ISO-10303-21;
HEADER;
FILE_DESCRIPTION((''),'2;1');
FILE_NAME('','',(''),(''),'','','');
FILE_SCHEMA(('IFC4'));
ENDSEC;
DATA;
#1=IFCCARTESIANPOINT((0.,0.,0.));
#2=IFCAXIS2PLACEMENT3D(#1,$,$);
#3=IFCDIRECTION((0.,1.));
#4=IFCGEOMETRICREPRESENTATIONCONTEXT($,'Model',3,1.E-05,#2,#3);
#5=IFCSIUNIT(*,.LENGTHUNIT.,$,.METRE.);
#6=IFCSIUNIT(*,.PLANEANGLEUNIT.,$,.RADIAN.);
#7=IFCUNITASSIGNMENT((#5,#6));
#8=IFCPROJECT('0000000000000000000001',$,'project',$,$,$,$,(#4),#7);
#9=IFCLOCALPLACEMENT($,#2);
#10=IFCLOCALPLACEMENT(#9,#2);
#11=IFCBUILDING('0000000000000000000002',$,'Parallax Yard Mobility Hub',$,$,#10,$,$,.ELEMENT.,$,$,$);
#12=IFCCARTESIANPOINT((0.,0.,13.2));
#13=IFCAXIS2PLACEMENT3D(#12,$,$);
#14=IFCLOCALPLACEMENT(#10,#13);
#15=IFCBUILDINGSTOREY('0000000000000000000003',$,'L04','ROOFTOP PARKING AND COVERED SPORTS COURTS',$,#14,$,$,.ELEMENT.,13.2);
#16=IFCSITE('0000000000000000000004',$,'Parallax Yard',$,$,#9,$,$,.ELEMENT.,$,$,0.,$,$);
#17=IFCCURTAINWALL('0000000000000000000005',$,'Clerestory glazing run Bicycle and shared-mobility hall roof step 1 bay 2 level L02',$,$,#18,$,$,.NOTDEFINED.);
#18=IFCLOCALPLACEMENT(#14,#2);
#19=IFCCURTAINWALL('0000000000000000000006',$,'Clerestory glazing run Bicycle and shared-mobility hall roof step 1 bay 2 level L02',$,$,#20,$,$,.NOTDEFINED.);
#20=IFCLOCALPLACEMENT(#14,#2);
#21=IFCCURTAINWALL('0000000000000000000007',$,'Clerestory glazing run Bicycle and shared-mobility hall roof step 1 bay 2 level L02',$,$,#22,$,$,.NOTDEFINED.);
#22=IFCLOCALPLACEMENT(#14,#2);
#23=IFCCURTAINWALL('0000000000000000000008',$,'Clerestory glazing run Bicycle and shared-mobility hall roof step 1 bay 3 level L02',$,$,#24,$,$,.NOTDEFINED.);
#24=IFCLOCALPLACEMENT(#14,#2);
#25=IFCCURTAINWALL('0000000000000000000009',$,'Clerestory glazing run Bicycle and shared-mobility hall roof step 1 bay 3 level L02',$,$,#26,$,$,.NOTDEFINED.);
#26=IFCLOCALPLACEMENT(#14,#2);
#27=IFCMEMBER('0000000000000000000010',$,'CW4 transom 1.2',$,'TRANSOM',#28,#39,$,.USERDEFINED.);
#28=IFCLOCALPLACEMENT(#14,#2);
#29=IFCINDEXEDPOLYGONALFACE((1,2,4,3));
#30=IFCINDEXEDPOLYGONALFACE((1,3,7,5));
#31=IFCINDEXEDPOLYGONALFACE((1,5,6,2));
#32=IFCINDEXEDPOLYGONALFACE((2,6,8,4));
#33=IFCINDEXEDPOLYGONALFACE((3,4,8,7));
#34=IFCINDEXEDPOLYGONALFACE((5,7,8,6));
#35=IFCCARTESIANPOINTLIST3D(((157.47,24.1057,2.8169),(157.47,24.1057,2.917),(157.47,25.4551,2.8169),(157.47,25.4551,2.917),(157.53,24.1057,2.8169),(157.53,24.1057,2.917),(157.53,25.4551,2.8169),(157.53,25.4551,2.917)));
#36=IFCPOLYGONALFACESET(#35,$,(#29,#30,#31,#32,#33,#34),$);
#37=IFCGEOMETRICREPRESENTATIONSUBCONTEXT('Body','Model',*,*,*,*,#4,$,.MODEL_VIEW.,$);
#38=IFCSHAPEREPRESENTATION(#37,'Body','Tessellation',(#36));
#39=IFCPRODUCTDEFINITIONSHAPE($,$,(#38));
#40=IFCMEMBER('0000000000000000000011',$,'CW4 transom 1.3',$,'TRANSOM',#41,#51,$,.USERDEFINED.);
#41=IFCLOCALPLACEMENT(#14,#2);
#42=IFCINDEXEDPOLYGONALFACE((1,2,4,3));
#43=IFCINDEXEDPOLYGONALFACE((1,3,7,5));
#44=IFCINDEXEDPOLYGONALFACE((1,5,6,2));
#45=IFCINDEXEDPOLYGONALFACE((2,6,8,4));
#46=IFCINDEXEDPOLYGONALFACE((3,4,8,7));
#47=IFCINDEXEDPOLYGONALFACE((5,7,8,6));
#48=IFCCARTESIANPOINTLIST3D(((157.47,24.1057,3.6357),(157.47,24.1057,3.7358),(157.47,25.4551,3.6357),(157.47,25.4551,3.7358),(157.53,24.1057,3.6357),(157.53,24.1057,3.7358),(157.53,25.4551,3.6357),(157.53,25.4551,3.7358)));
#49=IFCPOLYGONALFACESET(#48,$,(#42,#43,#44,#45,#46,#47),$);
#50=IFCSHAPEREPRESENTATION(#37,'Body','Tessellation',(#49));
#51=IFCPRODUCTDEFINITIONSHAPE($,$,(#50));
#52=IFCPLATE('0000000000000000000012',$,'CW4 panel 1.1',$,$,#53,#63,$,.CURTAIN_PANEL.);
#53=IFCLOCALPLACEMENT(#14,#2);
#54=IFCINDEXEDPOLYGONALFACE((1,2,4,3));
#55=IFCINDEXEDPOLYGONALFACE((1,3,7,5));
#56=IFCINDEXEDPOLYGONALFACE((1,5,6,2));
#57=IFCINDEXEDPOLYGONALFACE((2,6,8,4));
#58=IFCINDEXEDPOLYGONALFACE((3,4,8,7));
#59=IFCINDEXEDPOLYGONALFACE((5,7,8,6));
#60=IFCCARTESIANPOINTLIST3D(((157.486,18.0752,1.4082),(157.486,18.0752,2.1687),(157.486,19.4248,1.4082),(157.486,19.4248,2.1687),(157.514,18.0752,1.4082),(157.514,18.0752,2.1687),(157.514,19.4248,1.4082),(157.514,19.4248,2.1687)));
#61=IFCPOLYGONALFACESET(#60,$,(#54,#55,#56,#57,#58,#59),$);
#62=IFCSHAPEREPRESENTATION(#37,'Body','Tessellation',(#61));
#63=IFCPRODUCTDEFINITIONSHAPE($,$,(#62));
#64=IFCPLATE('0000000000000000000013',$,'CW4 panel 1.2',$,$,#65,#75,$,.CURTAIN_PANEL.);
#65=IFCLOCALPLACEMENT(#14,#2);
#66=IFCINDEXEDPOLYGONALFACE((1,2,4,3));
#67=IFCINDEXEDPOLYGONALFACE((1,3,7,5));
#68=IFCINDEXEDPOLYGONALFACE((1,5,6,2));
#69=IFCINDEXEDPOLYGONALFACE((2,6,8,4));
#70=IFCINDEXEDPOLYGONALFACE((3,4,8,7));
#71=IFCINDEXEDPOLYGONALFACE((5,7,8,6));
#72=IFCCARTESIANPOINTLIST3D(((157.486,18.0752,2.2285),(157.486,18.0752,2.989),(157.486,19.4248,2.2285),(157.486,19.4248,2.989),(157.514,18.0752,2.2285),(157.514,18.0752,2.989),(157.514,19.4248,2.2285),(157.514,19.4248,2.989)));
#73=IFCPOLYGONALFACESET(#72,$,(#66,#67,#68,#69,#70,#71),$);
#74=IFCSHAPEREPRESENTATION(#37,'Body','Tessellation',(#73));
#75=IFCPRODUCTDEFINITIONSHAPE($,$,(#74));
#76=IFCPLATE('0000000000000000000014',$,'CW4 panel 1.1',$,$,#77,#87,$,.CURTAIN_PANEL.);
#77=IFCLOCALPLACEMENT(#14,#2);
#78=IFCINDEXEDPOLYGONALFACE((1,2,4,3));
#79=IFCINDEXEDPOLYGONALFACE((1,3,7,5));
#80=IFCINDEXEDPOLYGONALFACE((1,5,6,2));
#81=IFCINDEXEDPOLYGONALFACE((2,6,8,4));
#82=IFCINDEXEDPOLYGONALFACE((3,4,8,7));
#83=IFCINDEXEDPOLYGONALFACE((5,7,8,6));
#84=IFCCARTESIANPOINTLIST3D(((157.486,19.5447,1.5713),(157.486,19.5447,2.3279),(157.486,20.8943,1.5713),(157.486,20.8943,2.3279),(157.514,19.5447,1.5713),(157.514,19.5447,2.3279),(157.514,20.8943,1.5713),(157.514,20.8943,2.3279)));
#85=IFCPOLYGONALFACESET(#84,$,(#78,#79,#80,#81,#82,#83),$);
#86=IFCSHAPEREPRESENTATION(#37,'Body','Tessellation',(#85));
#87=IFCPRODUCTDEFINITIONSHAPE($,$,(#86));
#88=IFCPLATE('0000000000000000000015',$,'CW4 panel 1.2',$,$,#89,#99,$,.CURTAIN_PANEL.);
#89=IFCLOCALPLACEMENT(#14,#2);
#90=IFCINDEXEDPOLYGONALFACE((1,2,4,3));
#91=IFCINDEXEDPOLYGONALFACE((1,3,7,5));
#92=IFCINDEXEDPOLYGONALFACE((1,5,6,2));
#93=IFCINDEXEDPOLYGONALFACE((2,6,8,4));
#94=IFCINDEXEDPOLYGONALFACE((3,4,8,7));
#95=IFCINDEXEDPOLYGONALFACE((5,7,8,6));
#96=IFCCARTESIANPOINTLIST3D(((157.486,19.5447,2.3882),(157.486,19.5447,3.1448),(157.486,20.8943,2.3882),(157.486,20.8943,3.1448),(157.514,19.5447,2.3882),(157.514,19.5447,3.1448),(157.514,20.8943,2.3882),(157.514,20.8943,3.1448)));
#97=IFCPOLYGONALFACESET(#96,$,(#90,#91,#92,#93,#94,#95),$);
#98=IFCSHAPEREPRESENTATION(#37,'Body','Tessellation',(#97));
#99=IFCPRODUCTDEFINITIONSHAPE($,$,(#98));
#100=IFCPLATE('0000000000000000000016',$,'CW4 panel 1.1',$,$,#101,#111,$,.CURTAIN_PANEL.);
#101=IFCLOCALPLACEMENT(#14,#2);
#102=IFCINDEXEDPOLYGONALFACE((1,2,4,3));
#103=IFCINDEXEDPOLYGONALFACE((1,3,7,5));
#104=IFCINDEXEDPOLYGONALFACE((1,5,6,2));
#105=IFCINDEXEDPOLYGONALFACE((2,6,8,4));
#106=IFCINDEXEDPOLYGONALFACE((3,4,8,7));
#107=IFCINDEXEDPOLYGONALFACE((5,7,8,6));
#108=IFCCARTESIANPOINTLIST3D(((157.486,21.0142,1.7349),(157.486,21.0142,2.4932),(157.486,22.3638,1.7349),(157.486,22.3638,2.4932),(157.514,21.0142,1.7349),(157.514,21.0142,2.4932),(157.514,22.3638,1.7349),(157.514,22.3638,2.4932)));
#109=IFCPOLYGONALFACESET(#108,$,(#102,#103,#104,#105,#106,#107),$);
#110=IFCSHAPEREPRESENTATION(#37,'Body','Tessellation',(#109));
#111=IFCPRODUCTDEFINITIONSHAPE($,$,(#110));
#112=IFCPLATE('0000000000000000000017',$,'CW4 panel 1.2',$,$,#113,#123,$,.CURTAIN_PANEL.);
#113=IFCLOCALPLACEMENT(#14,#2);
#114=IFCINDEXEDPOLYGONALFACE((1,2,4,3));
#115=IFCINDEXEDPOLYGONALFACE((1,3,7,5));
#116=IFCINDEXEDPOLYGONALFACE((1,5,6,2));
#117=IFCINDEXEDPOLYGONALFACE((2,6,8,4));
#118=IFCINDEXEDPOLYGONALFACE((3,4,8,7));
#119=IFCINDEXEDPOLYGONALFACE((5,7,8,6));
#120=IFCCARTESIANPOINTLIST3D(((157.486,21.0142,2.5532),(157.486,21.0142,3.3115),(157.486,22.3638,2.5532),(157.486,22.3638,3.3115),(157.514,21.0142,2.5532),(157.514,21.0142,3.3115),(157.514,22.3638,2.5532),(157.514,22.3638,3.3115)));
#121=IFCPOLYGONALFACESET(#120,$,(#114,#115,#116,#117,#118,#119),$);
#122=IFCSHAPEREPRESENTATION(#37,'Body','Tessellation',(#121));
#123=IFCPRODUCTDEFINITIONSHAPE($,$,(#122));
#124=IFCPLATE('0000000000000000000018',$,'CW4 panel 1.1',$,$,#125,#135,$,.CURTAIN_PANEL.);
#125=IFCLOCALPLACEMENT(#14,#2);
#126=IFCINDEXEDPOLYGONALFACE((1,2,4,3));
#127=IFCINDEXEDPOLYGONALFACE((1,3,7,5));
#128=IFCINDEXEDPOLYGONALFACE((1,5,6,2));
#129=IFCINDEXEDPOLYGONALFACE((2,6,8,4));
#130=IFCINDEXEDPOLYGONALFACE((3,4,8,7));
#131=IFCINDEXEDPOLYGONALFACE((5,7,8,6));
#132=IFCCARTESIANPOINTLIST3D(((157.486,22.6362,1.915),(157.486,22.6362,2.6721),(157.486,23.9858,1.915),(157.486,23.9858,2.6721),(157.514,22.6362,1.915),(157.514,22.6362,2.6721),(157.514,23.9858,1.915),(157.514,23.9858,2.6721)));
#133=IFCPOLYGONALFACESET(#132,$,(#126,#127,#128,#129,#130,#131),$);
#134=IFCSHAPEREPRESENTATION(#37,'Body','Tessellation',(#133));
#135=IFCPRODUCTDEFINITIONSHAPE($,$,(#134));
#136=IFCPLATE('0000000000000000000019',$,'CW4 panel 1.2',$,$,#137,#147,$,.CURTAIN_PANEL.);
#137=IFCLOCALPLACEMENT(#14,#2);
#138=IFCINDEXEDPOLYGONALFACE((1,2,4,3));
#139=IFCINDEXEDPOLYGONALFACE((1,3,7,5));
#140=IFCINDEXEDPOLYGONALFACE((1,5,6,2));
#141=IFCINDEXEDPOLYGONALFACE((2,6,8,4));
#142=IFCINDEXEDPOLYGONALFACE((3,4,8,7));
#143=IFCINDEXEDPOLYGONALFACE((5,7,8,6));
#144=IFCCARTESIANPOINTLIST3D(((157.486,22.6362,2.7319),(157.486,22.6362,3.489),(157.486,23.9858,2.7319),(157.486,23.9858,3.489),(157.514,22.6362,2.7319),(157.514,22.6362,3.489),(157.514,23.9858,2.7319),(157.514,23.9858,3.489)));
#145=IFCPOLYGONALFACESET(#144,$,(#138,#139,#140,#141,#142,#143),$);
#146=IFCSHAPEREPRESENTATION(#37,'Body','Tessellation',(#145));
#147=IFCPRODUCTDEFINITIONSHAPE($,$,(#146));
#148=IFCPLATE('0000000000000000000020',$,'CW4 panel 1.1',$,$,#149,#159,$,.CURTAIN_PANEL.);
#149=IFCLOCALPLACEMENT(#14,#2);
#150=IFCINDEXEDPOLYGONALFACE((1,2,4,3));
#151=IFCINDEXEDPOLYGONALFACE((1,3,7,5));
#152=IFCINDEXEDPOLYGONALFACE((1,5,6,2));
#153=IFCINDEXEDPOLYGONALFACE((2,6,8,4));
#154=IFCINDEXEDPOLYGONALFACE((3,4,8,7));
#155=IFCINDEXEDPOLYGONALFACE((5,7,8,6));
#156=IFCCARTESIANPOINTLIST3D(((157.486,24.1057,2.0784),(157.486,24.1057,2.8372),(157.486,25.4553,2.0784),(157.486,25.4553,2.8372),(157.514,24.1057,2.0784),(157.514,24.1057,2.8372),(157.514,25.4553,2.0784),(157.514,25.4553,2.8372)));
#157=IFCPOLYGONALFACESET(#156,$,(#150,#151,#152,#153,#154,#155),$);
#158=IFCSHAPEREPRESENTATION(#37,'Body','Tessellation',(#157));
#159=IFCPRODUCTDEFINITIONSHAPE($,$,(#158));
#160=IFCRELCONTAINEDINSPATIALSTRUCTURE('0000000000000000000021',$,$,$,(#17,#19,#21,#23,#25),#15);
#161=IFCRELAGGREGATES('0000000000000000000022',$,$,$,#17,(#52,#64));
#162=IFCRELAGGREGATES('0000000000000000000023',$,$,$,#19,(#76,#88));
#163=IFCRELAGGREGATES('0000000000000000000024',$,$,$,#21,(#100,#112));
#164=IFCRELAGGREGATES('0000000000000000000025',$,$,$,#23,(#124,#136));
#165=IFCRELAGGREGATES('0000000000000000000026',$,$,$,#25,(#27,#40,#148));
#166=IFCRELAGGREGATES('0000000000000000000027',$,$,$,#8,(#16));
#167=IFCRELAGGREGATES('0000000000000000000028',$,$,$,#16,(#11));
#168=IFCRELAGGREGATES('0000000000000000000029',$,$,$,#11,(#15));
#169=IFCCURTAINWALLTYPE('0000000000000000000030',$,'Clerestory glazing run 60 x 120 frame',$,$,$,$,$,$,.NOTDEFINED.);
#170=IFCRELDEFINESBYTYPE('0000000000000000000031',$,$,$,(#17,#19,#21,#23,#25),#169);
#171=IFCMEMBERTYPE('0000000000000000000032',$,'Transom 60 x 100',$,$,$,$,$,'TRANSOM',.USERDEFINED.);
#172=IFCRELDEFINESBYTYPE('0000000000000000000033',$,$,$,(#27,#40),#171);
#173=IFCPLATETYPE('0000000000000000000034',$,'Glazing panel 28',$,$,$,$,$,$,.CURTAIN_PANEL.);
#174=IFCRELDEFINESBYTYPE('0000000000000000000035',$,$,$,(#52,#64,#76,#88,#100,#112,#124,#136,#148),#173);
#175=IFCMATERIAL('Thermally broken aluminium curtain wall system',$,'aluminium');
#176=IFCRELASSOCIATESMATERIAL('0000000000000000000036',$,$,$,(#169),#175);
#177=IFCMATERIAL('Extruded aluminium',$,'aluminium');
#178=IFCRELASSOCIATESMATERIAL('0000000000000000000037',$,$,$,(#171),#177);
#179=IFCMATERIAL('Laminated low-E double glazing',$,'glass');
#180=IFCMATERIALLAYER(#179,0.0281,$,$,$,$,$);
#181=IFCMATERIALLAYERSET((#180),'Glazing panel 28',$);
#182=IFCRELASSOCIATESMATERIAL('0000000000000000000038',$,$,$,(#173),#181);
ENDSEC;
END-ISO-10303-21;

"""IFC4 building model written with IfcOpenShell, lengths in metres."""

from ifc_helpers import new_model, si_unit, direction, frame, origin, origin_2d, place, context, subcontext, project, spatial, rectangle, extrude, material, layer, layer_set, material_profile, profile_set, type_object, element, aggregate, save


model = new_model("IFC4")

# Units and contexts
model_context = context("Model", 3, precision=1e-05, world=origin(), true_north=direction((0.0, 1.0)))
body_context = subcontext(model_context, "Body", "Model", "MODEL_VIEW")
ifc_project = project(units=[si_unit("LENGTHUNIT", "METRE"), si_unit("PLANEANGLEUNIT", "RADIAN")], contexts=[model_context])

# Site, building, storey
site_placement = place(None, origin())
site = spatial("IfcSite", under=ifc_project, at=site_placement, Name="Parallax Yard", CompositionType="ELEMENT", RefElevation=0.0)
building_placement = place(site_placement, origin())
building = spatial("IfcBuilding", under=site, at=building_placement, Name="Parallax Yard Mobility Hub", CompositionType="ELEMENT")
storey_placement = place(building_placement, frame((0.0, 0.0, 13.2)))
storey = spatial("IfcBuildingStorey", under=building, at=storey_placement, Name="L04", Description="ROOFTOP PARKING AND COVERED SPORTS COURTS", CompositionType="ELEMENT", Elevation=13.2)

# Curtain wall
ifc_material_1 = material(Name="Thermally broken aluminium curtain wall system", Category="aluminium")
curtain_wall_type = type_object("IfcCurtainWallType", Name="Clerestory glazing run 60 x 120 frame", PredefinedType="NOTDEFINED", material=ifc_material_1)
curtain_wall_1_placement = place(storey_placement, origin())
curtain_wall_1 = element("IfcCurtainWall", 1, at=curtain_wall_1_placement, inside=storey, type_object=curtain_wall_type, Name="Clerestory glazing run Bicycle and shared-mobility hall roof step 1 bay 2 level L02", PredefinedType="NOTDEFINED")
ifc_material_2 = material(Name="Extruded aluminium", Category="aluminium")

# Curtain wall
curtain_wall_2_placement = place(storey_placement, origin())
curtain_wall_2 = element("IfcCurtainWall", 2, at=curtain_wall_2_placement, inside=storey, type_object=curtain_wall_type, Name="Clerestory glazing run Bicycle and shared-mobility hall roof step 1 bay 2 level L02", PredefinedType="NOTDEFINED")

# Curtain walls
curtain_wall_3_placement = place(storey_placement, origin())
curtain_wall_3 = element("IfcCurtainWall", 3, at=curtain_wall_3_placement, inside=storey, type_object=curtain_wall_type, Name="Clerestory glazing run Bicycle and shared-mobility hall roof step 1 bay 2 level L02", PredefinedType="NOTDEFINED")
curtain_wall_4_placement = place(storey_placement, origin())
curtain_wall_4 = element("IfcCurtainWall", 4, at=curtain_wall_4_placement, inside=storey, type_object=curtain_wall_type, Name="Clerestory glazing run Bicycle and shared-mobility hall roof step 1 bay 3 level L02", PredefinedType="NOTDEFINED")
curtain_wall_5_placement = place(storey_placement, origin())
curtain_wall_5 = element("IfcCurtainWall", 5, at=curtain_wall_5_placement, inside=storey, type_object=curtain_wall_type, Name="Clerestory glazing run Bicycle and shared-mobility hall roof step 1 bay 3 level L02", PredefinedType="NOTDEFINED")

# Members
ifc_material_profile_1 = material_profile(ifc_material_2, rectangle(XDim=0.0601, YDim=0.1001, at=origin_2d()), Name="Transom 60 x 100")
ifc_profile_set_1 = profile_set([ifc_material_profile_1], Name="Extruded aluminium")
member_type_1 = type_object("IfcMemberType", Name="Transom 60 x 100", ElementType="TRANSOM", PredefinedType="USERDEFINED", material=ifc_profile_set_1)
member_1_placement = place(storey_placement, frame((157.5, 24.1057, 2.8669), z_axis=(0.0, 1.0, 0.0), x_axis=(-1.0, 0.0, 0.0)))
member_1 = element("IfcMember", 6, at=member_1_placement, type_object=member_type_1, Name="CW4 transom 1.2", ObjectType="TRANSOM", PredefinedType="USERDEFINED", context=body_context, shape_type="SweptSolid", body=[
    extrude(rectangle(XDim=0.0601, YDim=0.1001, at=origin_2d()), origin(), (0.0, 0.0, 1.0), 1.3494),
])
member_2_placement = place(storey_placement, frame((157.5, 24.1057, 3.6858), z_axis=(0.0, 1.0, 0.0), x_axis=(-1.0, 0.0, 0.0)))
member_2 = element("IfcMember", 7, at=member_2_placement, type_object=member_type_1, Name="CW4 transom 1.3", ObjectType="TRANSOM", PredefinedType="USERDEFINED", context=body_context, shape_type="SweptSolid", body=[
    extrude(rectangle(XDim=0.0601, YDim=0.1001, at=origin_2d()), origin(), (0.0, 0.0, 1.0), 1.3494),
])

# Plates
ifc_material_3 = material(Name="Laminated low-E double glazing", Category="glass")
ifc_layer = layer(ifc_material_3, 0.0281)
ifc_layer_set = layer_set([ifc_layer], Name="Glazing panel 28")
plate_type = type_object("IfcPlateType", Name="Glazing panel 28", PredefinedType="CURTAIN_PANEL", material=ifc_layer_set)
plate_1_placement = place(storey_placement, frame((157.5, 18.75, 1.4082), z_axis=(0.0, 0.0, 1.0), x_axis=(0.0, 1.0, 0.0)))
plate_1 = element("IfcPlate", 8, at=plate_1_placement, type_object=plate_type, Name="CW4 panel 1.1", PredefinedType="CURTAIN_PANEL", context=body_context, shape_type="SweptSolid", body=[
    extrude(rectangle(XDim=1.3496, YDim=0.0281, at=origin_2d()), origin(), (0.0, 0.0, 1.0), 0.7605),
])
plate_2_placement = place(storey_placement, frame((157.5, 18.75, 2.2285), z_axis=(0.0, 0.0, 1.0), x_axis=(0.0, 1.0, 0.0)))
plate_2 = element("IfcPlate", 9, at=plate_2_placement, type_object=plate_type, Name="CW4 panel 1.2", PredefinedType="CURTAIN_PANEL", context=body_context, shape_type="SweptSolid", body=[
    extrude(rectangle(XDim=1.3496, YDim=0.0281, at=origin_2d()), origin(), (0.0, 0.0, 1.0), 0.7605),
])
aggregate(curtain_wall_1, [plate_1, plate_2])
plate_3_placement = place(storey_placement, frame((157.5, 20.2195, 1.5713), z_axis=(0.0, 0.0, 1.0), x_axis=(0.0, 1.0, 0.0)))
plate_3 = element("IfcPlate", 10, at=plate_3_placement, type_object=plate_type, Name="CW4 panel 1.1", PredefinedType="CURTAIN_PANEL", context=body_context, shape_type="SweptSolid", body=[
    extrude(rectangle(XDim=1.3496, YDim=0.0281, at=origin_2d()), origin(), (0.0, 0.0, 1.0), 0.7566),
])
plate_4_placement = place(storey_placement, frame((157.5, 20.2195, 2.3882), z_axis=(0.0, 0.0, 1.0), x_axis=(0.0, 1.0, 0.0)))
plate_4 = element("IfcPlate", 11, at=plate_4_placement, type_object=plate_type, Name="CW4 panel 1.2", PredefinedType="CURTAIN_PANEL", context=body_context, shape_type="SweptSolid", body=[
    extrude(rectangle(XDim=1.3496, YDim=0.0281, at=origin_2d()), origin(), (0.0, 0.0, 1.0), 0.7566),
])
aggregate(curtain_wall_2, [plate_3, plate_4])
plate_5_placement = place(storey_placement, frame((157.5, 21.689, 1.7349), z_axis=(0.0, 0.0, 1.0), x_axis=(0.0, 1.0, 0.0)))
plate_5 = element("IfcPlate", 12, at=plate_5_placement, type_object=plate_type, Name="CW4 panel 1.1", PredefinedType="CURTAIN_PANEL", context=body_context, shape_type="SweptSolid", body=[
    extrude(rectangle(XDim=1.3496, YDim=0.0281, at=origin_2d()), origin(), (0.0, 0.0, 1.0), 0.7583),
])
plate_6_placement = place(storey_placement, frame((157.5, 21.689, 2.5532), z_axis=(0.0, 0.0, 1.0), x_axis=(0.0, 1.0, 0.0)))
plate_6 = element("IfcPlate", 13, at=plate_6_placement, type_object=plate_type, Name="CW4 panel 1.2", PredefinedType="CURTAIN_PANEL", context=body_context, shape_type="SweptSolid", body=[
    extrude(rectangle(XDim=1.3496, YDim=0.0281, at=origin_2d()), origin(), (0.0, 0.0, 1.0), 0.7583),
])
aggregate(curtain_wall_3, [plate_5, plate_6])
plate_7_placement = place(storey_placement, frame((157.5, 23.311, 1.915), z_axis=(0.0, 0.0, 1.0), x_axis=(0.0, 1.0, 0.0)))
plate_7 = element("IfcPlate", 14, at=plate_7_placement, type_object=plate_type, Name="CW4 panel 1.1", PredefinedType="CURTAIN_PANEL", context=body_context, shape_type="SweptSolid", body=[
    extrude(rectangle(XDim=1.3496, YDim=0.0281, at=origin_2d()), origin(), (0.0, 0.0, 1.0), 0.7571),
])
plate_8_placement = place(storey_placement, frame((157.5, 23.311, 2.7319), z_axis=(0.0, 0.0, 1.0), x_axis=(0.0, 1.0, 0.0)))
plate_8 = element("IfcPlate", 15, at=plate_8_placement, type_object=plate_type, Name="CW4 panel 1.2", PredefinedType="CURTAIN_PANEL", context=body_context, shape_type="SweptSolid", body=[
    extrude(rectangle(XDim=1.3496, YDim=0.0281, at=origin_2d()), origin(), (0.0, 0.0, 1.0), 0.7571),
])
aggregate(curtain_wall_4, [plate_7, plate_8])
plate_9_placement = place(storey_placement, frame((157.5, 24.7805, 2.0784), z_axis=(0.0, 0.0, 1.0), x_axis=(0.0, 1.0, 0.0)))
plate_9 = element("IfcPlate", 16, at=plate_9_placement, type_object=plate_type, Name="CW4 panel 1.1", PredefinedType="CURTAIN_PANEL", context=body_context, shape_type="SweptSolid", body=[
    extrude(rectangle(XDim=1.3496, YDim=0.0281, at=origin_2d()), origin(), (0.0, 0.0, 1.0), 0.7588),
])
aggregate(curtain_wall_5, [member_1, member_2, plate_9])

save(model, "model.ifc")
